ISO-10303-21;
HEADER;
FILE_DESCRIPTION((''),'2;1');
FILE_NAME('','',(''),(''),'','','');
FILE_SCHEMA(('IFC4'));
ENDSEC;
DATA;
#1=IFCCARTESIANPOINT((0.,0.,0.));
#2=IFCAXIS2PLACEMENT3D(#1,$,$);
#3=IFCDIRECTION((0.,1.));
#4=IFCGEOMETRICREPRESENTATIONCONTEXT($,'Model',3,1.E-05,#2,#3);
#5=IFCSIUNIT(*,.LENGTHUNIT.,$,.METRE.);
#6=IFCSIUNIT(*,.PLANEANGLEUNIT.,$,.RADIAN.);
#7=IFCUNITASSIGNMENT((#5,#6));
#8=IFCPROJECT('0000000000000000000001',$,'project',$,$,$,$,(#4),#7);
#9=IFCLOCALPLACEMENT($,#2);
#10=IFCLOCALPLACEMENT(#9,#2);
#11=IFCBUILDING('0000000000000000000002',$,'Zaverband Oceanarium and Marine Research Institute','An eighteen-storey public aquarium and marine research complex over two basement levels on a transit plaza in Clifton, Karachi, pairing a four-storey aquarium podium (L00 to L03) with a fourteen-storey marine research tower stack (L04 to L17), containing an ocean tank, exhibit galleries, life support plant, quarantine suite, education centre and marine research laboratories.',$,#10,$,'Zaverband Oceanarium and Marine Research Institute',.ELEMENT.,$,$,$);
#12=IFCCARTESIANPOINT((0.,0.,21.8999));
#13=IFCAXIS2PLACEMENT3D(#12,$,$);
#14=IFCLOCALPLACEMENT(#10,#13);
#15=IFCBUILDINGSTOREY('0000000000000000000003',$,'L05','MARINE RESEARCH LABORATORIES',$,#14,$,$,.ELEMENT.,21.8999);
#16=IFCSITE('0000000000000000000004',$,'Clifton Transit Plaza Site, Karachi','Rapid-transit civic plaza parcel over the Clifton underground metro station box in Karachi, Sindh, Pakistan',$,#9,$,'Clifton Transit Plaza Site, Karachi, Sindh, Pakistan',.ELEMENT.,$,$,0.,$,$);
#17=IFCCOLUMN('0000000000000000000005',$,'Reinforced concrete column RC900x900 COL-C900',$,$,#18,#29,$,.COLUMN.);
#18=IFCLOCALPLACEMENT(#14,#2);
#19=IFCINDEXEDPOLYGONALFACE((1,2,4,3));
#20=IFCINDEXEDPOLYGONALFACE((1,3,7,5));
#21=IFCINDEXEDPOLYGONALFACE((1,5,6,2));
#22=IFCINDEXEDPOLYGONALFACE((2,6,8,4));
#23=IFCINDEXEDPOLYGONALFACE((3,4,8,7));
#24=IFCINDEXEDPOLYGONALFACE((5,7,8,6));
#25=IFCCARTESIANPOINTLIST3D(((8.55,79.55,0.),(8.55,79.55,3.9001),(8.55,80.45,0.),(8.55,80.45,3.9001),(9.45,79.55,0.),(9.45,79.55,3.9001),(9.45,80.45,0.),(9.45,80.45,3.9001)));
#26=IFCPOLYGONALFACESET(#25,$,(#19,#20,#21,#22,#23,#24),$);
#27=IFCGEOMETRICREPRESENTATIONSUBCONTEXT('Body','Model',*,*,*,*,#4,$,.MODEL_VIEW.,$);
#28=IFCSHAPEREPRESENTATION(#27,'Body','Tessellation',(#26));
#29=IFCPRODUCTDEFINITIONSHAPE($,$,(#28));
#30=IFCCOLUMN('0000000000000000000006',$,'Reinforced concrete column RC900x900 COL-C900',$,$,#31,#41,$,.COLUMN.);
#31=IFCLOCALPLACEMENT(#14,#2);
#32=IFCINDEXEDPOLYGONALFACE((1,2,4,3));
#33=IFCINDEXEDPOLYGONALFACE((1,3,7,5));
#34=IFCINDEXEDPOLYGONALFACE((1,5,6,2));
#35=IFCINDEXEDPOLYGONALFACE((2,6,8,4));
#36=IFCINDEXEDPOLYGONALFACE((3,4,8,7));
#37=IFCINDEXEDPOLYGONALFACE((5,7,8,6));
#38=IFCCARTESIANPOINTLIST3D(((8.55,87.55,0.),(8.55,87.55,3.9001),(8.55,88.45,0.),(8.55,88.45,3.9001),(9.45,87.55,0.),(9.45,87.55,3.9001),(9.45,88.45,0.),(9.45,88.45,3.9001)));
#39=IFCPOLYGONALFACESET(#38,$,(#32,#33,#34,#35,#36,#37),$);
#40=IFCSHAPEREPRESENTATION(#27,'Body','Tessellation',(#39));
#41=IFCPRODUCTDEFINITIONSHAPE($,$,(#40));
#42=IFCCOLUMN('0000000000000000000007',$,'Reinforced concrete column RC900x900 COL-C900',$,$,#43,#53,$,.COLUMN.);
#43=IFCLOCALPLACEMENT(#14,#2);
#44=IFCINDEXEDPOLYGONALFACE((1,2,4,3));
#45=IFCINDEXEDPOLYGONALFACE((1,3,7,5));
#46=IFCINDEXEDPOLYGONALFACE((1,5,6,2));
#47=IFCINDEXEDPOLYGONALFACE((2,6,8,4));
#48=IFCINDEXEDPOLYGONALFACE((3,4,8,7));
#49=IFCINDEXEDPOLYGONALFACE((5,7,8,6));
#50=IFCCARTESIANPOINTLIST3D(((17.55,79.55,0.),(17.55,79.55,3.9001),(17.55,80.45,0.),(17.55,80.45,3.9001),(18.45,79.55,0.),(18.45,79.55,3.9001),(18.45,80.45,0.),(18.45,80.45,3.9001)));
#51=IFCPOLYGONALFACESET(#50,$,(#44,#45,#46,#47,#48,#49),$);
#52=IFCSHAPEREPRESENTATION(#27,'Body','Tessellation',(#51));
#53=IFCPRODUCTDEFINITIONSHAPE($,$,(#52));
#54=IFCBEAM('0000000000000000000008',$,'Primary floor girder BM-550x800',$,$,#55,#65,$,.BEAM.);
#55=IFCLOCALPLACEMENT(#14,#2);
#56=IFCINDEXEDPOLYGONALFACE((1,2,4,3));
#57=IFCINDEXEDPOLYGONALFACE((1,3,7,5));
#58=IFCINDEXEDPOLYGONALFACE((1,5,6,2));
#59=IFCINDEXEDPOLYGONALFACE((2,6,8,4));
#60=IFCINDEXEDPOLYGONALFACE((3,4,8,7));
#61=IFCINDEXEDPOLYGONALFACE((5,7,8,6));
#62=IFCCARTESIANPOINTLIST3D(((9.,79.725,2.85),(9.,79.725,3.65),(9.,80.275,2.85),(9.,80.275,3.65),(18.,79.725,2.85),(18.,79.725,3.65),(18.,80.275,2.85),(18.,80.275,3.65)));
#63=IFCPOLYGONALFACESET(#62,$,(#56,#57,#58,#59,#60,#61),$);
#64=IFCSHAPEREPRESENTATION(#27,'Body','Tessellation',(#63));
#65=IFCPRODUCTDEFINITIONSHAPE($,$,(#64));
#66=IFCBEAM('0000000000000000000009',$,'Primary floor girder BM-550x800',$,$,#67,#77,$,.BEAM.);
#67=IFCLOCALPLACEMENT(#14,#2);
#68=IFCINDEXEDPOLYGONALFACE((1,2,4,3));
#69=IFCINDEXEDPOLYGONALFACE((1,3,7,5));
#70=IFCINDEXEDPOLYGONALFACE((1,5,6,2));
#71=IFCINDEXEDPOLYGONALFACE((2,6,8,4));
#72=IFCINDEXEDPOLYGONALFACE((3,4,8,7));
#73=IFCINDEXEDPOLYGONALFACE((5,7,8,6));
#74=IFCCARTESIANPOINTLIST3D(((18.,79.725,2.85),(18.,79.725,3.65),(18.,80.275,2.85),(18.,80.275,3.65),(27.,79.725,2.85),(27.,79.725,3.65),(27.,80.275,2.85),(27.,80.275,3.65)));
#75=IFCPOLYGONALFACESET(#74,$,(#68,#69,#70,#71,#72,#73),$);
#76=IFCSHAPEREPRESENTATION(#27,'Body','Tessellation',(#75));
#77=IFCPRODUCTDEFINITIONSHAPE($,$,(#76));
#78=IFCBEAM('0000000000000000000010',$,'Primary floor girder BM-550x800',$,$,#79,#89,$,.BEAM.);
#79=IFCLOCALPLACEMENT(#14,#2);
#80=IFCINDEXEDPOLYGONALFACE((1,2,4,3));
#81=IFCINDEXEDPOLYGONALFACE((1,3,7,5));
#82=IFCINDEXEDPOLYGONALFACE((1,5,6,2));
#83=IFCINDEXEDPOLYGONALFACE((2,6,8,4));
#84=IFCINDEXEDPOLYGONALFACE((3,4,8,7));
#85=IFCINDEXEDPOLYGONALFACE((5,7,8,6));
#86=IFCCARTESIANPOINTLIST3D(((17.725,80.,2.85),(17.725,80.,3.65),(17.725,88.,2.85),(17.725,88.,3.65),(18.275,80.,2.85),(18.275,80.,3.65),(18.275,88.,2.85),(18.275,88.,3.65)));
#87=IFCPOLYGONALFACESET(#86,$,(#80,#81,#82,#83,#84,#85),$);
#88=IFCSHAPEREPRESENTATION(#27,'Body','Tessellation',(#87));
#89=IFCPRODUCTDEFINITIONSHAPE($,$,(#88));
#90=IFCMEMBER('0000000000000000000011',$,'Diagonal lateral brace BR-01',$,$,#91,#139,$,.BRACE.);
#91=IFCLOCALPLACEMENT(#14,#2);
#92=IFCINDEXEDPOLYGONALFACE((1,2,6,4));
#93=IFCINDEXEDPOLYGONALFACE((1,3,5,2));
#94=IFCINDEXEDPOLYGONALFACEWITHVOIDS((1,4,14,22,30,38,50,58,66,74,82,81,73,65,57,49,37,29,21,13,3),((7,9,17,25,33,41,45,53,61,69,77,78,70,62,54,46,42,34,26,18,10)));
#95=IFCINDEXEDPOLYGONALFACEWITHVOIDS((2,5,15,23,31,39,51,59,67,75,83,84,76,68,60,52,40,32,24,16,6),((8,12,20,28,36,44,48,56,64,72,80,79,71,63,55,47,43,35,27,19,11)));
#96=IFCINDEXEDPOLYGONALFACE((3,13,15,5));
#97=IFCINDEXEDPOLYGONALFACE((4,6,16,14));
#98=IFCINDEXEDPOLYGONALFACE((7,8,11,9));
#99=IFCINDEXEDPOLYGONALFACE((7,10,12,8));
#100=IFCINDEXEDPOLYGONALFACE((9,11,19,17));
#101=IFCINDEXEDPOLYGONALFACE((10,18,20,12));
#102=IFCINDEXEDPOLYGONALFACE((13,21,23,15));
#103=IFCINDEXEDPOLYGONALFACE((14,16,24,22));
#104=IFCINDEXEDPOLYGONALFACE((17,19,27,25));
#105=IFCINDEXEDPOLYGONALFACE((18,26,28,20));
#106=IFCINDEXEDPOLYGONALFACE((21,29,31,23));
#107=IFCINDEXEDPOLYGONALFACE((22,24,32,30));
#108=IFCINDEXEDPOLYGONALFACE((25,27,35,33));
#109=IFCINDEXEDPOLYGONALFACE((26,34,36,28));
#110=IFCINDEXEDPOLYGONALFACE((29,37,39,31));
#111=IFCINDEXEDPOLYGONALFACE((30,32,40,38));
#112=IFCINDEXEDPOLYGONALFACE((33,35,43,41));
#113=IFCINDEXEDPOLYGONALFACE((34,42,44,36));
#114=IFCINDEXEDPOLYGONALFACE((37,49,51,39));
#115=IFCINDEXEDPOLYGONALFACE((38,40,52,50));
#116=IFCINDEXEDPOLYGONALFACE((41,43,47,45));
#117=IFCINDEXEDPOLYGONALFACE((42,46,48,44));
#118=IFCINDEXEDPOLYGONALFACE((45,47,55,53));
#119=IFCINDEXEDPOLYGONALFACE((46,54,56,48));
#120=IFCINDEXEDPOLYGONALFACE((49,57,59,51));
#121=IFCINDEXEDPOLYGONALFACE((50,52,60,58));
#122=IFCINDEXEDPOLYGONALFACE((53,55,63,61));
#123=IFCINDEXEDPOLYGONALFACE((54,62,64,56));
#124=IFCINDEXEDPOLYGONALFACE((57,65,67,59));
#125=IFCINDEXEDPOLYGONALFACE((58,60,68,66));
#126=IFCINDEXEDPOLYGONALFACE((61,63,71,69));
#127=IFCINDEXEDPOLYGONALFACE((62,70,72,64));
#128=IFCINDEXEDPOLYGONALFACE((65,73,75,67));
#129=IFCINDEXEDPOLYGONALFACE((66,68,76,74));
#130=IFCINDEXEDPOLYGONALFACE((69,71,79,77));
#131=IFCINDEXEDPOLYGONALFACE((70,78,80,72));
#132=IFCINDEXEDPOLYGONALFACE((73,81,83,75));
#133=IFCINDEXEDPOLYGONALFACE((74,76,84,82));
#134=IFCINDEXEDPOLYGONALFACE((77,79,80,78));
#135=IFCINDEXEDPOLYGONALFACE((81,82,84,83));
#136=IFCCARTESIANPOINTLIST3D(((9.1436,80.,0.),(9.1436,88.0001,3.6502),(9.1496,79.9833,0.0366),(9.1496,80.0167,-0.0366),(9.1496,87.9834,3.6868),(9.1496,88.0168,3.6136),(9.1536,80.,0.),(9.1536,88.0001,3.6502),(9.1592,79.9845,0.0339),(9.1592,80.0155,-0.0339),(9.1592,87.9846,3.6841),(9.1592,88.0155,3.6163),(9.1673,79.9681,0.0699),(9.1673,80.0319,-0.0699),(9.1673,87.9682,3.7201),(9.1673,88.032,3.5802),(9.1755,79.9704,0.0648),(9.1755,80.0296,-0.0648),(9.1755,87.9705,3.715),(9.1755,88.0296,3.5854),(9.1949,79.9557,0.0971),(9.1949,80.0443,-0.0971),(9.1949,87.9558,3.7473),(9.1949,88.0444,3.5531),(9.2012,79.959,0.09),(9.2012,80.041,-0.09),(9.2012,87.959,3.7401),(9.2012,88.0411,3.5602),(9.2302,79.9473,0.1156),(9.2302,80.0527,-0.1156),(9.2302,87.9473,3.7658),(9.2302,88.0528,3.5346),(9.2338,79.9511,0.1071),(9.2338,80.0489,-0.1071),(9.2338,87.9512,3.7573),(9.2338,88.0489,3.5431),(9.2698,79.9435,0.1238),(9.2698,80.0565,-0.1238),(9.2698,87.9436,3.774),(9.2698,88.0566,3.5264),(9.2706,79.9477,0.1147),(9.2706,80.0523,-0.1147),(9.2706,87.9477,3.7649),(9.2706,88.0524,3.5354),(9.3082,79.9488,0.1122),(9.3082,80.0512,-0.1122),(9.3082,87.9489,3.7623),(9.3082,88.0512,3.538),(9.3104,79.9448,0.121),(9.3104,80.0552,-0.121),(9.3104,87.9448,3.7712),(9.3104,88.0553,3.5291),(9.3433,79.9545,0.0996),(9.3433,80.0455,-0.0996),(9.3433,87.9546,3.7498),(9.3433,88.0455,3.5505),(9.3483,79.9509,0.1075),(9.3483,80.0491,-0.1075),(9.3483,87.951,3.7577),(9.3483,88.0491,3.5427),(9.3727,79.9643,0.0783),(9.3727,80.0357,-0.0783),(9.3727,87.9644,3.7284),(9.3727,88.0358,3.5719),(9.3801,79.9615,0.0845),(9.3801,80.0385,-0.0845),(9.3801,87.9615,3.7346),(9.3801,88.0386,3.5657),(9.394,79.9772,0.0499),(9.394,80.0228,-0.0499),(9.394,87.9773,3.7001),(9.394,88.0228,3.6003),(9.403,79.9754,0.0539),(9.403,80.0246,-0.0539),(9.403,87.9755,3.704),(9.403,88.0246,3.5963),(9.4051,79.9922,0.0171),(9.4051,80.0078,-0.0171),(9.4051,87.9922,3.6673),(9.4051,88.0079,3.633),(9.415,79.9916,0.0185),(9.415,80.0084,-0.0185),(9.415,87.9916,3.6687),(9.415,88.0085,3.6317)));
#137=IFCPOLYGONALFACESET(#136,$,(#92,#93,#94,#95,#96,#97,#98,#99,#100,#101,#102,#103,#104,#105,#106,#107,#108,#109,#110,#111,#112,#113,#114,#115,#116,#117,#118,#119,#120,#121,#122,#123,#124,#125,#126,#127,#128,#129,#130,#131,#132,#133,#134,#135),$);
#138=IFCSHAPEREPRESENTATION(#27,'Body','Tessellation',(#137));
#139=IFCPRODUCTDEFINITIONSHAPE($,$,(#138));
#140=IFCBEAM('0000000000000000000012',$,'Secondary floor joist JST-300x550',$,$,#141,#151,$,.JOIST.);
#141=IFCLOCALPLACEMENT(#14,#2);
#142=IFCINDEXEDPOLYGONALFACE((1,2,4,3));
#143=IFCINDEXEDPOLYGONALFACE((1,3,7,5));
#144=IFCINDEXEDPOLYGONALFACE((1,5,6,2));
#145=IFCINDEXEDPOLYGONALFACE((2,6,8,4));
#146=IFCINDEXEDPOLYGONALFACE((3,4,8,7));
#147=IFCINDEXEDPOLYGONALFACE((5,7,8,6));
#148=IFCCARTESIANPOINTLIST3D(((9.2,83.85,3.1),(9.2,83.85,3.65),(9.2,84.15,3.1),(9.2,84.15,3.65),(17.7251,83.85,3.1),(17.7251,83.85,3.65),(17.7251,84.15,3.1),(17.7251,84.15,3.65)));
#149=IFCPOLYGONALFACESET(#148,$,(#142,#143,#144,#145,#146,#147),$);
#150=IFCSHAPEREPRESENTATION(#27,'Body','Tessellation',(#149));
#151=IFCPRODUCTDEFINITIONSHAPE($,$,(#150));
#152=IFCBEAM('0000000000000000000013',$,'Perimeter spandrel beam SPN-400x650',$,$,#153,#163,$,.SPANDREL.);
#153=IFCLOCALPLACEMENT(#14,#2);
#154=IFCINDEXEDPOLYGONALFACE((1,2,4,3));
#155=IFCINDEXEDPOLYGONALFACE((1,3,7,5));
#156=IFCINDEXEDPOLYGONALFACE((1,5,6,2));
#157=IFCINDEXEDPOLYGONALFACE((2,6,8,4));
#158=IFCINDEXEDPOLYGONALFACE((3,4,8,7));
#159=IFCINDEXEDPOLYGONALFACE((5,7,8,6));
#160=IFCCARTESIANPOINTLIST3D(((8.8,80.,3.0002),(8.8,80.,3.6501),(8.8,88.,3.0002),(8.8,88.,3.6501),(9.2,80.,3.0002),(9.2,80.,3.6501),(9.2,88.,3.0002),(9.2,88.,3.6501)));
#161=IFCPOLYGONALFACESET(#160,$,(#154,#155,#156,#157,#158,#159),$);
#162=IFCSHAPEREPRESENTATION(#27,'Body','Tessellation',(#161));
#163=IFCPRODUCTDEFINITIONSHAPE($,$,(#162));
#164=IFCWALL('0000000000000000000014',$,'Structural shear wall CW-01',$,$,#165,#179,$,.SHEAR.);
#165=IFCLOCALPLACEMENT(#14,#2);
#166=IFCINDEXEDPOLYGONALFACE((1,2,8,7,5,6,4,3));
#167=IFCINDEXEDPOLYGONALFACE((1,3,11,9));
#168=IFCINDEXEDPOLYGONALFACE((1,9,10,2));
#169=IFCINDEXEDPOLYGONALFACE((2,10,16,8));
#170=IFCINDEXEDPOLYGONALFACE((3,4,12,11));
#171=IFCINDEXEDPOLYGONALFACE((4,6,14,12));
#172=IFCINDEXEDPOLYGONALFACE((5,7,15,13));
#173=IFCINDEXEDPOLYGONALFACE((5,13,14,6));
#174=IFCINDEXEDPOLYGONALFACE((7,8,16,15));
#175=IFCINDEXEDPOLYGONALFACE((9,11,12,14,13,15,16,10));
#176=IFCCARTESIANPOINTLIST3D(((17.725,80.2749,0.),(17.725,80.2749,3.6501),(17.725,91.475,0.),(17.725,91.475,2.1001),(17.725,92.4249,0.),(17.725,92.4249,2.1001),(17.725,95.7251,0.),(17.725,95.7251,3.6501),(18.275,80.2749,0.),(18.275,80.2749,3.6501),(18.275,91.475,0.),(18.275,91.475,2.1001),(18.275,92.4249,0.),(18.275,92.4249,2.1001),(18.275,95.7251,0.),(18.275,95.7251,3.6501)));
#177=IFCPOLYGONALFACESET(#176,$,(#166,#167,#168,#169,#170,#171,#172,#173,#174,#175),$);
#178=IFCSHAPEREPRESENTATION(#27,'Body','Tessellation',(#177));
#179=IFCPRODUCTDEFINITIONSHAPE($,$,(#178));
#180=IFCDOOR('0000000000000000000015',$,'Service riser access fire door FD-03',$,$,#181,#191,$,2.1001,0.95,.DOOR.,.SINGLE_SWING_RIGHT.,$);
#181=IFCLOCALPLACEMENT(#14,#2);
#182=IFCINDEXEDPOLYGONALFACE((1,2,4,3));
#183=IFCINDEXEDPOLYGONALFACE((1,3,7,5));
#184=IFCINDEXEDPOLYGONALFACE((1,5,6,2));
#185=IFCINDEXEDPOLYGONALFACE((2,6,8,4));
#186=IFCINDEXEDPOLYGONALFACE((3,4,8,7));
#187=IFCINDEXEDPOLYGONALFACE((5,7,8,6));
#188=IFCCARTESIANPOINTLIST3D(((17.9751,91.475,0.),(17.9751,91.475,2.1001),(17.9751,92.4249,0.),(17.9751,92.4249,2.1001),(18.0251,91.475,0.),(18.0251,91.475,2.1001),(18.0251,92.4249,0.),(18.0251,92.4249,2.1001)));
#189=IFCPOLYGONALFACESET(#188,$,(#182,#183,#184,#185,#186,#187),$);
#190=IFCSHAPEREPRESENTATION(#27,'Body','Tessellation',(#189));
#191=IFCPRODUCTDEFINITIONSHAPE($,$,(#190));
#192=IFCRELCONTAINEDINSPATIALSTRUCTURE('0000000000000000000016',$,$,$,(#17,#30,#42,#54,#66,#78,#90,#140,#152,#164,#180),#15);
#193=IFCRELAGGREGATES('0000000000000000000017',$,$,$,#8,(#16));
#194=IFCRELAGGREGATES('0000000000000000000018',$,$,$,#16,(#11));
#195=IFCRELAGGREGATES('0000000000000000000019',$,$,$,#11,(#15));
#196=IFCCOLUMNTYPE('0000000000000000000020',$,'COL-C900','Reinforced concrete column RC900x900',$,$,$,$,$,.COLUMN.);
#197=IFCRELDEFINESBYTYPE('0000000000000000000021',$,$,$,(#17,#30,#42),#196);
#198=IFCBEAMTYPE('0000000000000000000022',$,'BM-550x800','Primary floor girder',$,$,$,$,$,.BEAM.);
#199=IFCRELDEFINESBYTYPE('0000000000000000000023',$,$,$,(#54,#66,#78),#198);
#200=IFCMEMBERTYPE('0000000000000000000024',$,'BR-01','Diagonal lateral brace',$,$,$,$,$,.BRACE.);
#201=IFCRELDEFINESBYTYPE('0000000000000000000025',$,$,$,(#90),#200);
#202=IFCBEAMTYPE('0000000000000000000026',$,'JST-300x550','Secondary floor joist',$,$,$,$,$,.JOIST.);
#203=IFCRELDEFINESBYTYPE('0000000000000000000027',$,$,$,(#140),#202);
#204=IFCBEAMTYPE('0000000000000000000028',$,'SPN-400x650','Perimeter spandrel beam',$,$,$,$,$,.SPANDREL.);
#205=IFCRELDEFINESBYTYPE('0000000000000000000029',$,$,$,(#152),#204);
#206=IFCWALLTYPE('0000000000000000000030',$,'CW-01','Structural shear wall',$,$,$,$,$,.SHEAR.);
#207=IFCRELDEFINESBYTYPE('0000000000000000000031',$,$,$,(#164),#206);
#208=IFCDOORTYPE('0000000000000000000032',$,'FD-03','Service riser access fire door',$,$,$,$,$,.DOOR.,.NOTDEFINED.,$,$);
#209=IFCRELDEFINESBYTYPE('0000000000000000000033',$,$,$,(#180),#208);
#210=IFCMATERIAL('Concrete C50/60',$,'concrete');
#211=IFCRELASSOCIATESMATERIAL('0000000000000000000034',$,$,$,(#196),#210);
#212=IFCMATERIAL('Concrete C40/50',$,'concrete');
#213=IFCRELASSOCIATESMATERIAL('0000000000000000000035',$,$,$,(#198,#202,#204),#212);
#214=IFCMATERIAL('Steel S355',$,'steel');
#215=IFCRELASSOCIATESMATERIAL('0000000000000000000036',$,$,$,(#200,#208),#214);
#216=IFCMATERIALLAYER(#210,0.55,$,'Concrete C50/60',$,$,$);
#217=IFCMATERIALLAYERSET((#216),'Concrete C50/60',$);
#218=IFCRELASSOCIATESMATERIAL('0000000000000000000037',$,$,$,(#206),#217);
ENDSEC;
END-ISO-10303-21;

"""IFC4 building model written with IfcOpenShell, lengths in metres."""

from ifc_helpers import new_model, si_unit, direction, frame, frame_2d, origin, origin_2d, place, context, subcontext, project, spatial, rectangle, hollow_circle, extrude, material, layer, layer_set, material_profile, profile_set, type_object, element, fill, save


model = new_model("IFC4")

# Units and contexts
model_context = context("Model", 3, precision=1e-05, world=origin(), true_north=direction((0.0, 1.0)))
body_context = subcontext(model_context, "Body", "Model", "MODEL_VIEW")
ifc_project = project(units=[si_unit("LENGTHUNIT", "METRE"), si_unit("PLANEANGLEUNIT", "RADIAN")], contexts=[model_context])

# Site, building, storey
site_placement = place(None, origin())
site = spatial("IfcSite", under=ifc_project, at=site_placement, Name="Clifton Transit Plaza Site, Karachi", Description="Rapid-transit civic plaza parcel over the Clifton underground metro station box in Karachi, Sindh, Pakistan", LongName="Clifton Transit Plaza Site, Karachi, Sindh, Pakistan", CompositionType="ELEMENT", RefElevation=0.0)
building_placement = place(site_placement, origin())
building = spatial("IfcBuilding", under=site, at=building_placement, Name="Zaverband Oceanarium and Marine Research Institute", Description="An eighteen-storey public aquarium and marine research complex over two basement levels on a transit plaza in Clifton, Karachi, pairing a four-storey aquarium podium (L00 to L03) with a fourteen-storey marine research tower stack (L04 to L17), containing an ocean tank, exhibit galleries, life support plant, quarantine suite, education centre and marine research laboratories.", LongName="Zaverband Oceanarium and Marine Research Institute", CompositionType="ELEMENT")
storey_placement = place(building_placement, frame((0.0, 0.0, 21.8999)))
storey = spatial("IfcBuildingStorey", under=building, at=storey_placement, Name="L05", Description="MARINE RESEARCH LABORATORIES", CompositionType="ELEMENT", Elevation=21.8999)

# Columns
ifc_material_1 = material(Name="Concrete C50/60", Category="concrete")
ifc_material_profile_1 = material_profile(ifc_material_1, rectangle(XDim=0.8999, YDim=0.8999, at=origin_2d()), Name="RC900x900")
ifc_profile_set_1 = profile_set([ifc_material_profile_1], Name="Concrete C50/60")
column_type = type_object("IfcColumnType", Name="COL-C900", Description="Reinforced concrete column RC900x900", PredefinedType="COLUMN", material=ifc_profile_set_1)
for number, where, z_axis, x_axis, name in (
    (1, (9.0, 80.0, 0.0), (0.0, 0.0, 1.0), (1.0, 0.0, 0.0), "Reinforced concrete column RC900x900 COL-C900"),
    (2, (9.0, 88.0, 0.0), (0.0, 0.0, 1.0), (1.0, 0.0, 0.0), "Reinforced concrete column RC900x900 COL-C900"),
    (3, (18.0, 80.0, 0.0), (0.0, 0.0, 1.0), (1.0, 0.0, 0.0), "Reinforced concrete column RC900x900 COL-C900"),
):
    element("IfcColumn", number, at=place(storey_placement, frame(where, z_axis=z_axis, x_axis=x_axis)), inside=storey, type_object=column_type, Name=name, PredefinedType="COLUMN", context=body_context, shape_type="SweptSolid", body=[
        extrude(rectangle(XDim=0.8999, YDim=0.8999, at=origin_2d()), origin(), (0.0, 0.0, 1.0), 3.9001),
    ])

# Beams
ifc_material_2 = material(Name="Concrete C40/50", Category="concrete")
ifc_material_profile_2 = material_profile(ifc_material_2, rectangle(XDim=0.55, YDim=0.8, at=origin_2d()), Name="RC550x800")
ifc_profile_set_2 = profile_set([ifc_material_profile_2], Name="Concrete C40/50")
beam_type_1 = type_object("IfcBeamType", Name="BM-550x800", Description="Primary floor girder", PredefinedType="BEAM", material=ifc_profile_set_2)
for number, where, z_axis, x_axis, name in (
    (4, (9.0, 80.0, 3.25), (1.0, 0.0, 0.0), (0.0, 1.0, 0.0), "Primary floor girder BM-550x800"),
    (5, (18.0, 80.0, 3.25), (1.0, 0.0, 0.0), (0.0, 1.0, 0.0), "Primary floor girder BM-550x800"),
):
    element("IfcBeam", number, at=place(storey_placement, frame(where, z_axis=z_axis, x_axis=x_axis)), inside=storey, type_object=beam_type_1, Name=name, PredefinedType="BEAM", context=body_context, shape_type="SweptSolid", body=[
        extrude(rectangle(XDim=0.55, YDim=0.8, at=origin_2d()), origin(), (0.0, 0.0, 1.0), 9.0),
    ])
beam_1_placement = place(storey_placement, frame((18.0, 80.0, 3.25), z_axis=(0.0, 1.0, 0.0), x_axis=(-1.0, 0.0, 0.0)))
element("IfcBeam", 6, at=beam_1_placement, inside=storey, type_object=beam_type_1, Name="Primary floor girder BM-550x800", PredefinedType="BEAM", context=body_context, shape_type="SweptSolid", body=[
    extrude(rectangle(XDim=0.55, YDim=0.8, at=origin_2d()), origin(), (0.0, 0.0, 1.0), 8.0),
])

# Member
ifc_material_3 = material(Name="Steel S355", Category="steel")
ifc_material_profile_3 = material_profile(ifc_material_3, hollow_circle(Radius=0.1365, WallThickness=0.01, at=origin_2d()), Name="CHS273x10")
ifc_profile_set_3 = profile_set([ifc_material_profile_3], Name="Steel S355")
member_type = type_object("IfcMemberType", Name="BR-01", Description="Diagonal lateral brace", PredefinedType="BRACE", material=ifc_profile_set_3)
member_placement = place(storey_placement, frame((9.28, 80.0, 0.0), z_axis=(0.0, 0.909775, 0.415102), x_axis=(-1.0, 0.0, 0.0)))
element("IfcMember", 7, at=member_placement, inside=storey, type_object=member_type, Name="Diagonal lateral brace BR-01", PredefinedType="BRACE", context=body_context, shape_type="SweptSolid", body=[
    extrude(hollow_circle(Radius=0.1365, WallThickness=0.01, at=origin_2d()), origin(), (0.0, 0.0, 1.0), 8.7935),
])

# Beams
ifc_material_profile_4 = material_profile(ifc_material_2, rectangle(XDim=0.3, YDim=0.55, at=origin_2d()), Name="RC300x550")
ifc_profile_set_4 = profile_set([ifc_material_profile_4], Name="Concrete C40/50")
beam_type_2 = type_object("IfcBeamType", Name="JST-300x550", Description="Secondary floor joist", PredefinedType="JOIST", material=ifc_profile_set_4)
beam_2_placement = place(storey_placement, frame((9.2, 84.0, 3.375), z_axis=(1.0, 0.0, 0.0), x_axis=(0.0, 1.0, 0.0)))
element("IfcBeam", 8, at=beam_2_placement, inside=storey, type_object=beam_type_2, Name="Secondary floor joist JST-300x550", PredefinedType="JOIST", context=body_context, shape_type="SweptSolid", body=[
    extrude(rectangle(XDim=0.3, YDim=0.55, at=origin_2d()), origin(), (0.0, 0.0, 1.0), 8.5251),
])
ifc_material_profile_5 = material_profile(ifc_material_2, rectangle(XDim=0.3999, YDim=0.6499, at=origin_2d()), Name="RC400x650")
ifc_profile_set_5 = profile_set([ifc_material_profile_5], Name="Concrete C40/50")
beam_type_3 = type_object("IfcBeamType", Name="SPN-400x650", Description="Perimeter spandrel beam", PredefinedType="SPANDREL", material=ifc_profile_set_5)
beam_3_placement = place(storey_placement, frame((9.0, 80.0, 3.3252), z_axis=(0.0, 1.0, 0.0), x_axis=(-1.0, 0.0, 0.0)))
element("IfcBeam", 9, at=beam_3_placement, inside=storey, type_object=beam_type_3, Name="Perimeter spandrel beam SPN-400x650", PredefinedType="SPANDREL", context=body_context, shape_type="SweptSolid", body=[
    extrude(rectangle(XDim=0.3999, YDim=0.6499, at=origin_2d()), origin(), (0.0, 0.0, 1.0), 8.0),
])

# Wall, opening, door
ifc_layer_1 = layer(ifc_material_1, 0.55, Name="Concrete C50/60")
ifc_layer_set_1 = layer_set([ifc_layer_1], Name="Concrete C50/60")
wall_type_1 = type_object("IfcWallType", Name="CW-01", Description="Structural shear wall", PredefinedType="SHEAR", material=ifc_layer_set_1)
wall_1_placement = place(storey_placement, frame((18.0, 80.2749, 0.0), z_axis=(0.0, 0.0, 1.0), x_axis=(0.0, 1.0, 0.0)))
wall_1 = element("IfcWall", 10, at=wall_1_placement, inside=storey, type_object=wall_type_1, Name="Structural shear wall CW-01", PredefinedType="SHEAR", context=body_context, shape_type="SweptSolid", body=[
    extrude(rectangle(XDim=15.4502, YDim=0.55, at=frame_2d((7.7251, 0.0))), origin(), (0.0, 0.0, 1.0), 3.6501),
])
opening_placement = place(wall_1_placement, frame((11.2, 0.0, 0.0)))
opening = element("IfcOpeningElement", 11, at=opening_placement, cuts=wall_1, PredefinedType="OPENING", context=body_context, shape_type="SweptSolid", body=[
    extrude(rectangle(XDim=0.95, YDim=2.1001, at=frame_2d((0.4751, 1.05))), frame((0.0, 0.2871, 0.0), z_axis=(0.0, -1.0, 0.0), x_axis=(1.0, 0.0, 0.0)), (0.0, 0.0, 1.0), 0.574),
])
door_type = type_object("IfcDoorType", Name="FD-03", Description="Service riser access fire door", OperationType="NOTDEFINED", PredefinedType="DOOR", material=ifc_material_3)
door_placement = place(opening_placement, origin())
door = element("IfcDoor", 12, at=door_placement, inside=storey, type_object=door_type, Name="Service riser access fire door FD-03", OperationType="SINGLE_SWING_RIGHT", OverallHeight=2.1001, OverallWidth=0.95, PredefinedType="DOOR", context=body_context, shape_type="SweptSolid", body=[
    extrude(rectangle(XDim=0.95, YDim=2.1001, at=frame_2d((0.4751, 1.05))), frame((0.0, 0.0249, 0.0), z_axis=(0.0, -1.0, 0.0), x_axis=(1.0, 0.0, 0.0)), (0.0, 0.0, 1.0), 0.05),
])
fill(opening, door)

save(model, "model.ifc")
